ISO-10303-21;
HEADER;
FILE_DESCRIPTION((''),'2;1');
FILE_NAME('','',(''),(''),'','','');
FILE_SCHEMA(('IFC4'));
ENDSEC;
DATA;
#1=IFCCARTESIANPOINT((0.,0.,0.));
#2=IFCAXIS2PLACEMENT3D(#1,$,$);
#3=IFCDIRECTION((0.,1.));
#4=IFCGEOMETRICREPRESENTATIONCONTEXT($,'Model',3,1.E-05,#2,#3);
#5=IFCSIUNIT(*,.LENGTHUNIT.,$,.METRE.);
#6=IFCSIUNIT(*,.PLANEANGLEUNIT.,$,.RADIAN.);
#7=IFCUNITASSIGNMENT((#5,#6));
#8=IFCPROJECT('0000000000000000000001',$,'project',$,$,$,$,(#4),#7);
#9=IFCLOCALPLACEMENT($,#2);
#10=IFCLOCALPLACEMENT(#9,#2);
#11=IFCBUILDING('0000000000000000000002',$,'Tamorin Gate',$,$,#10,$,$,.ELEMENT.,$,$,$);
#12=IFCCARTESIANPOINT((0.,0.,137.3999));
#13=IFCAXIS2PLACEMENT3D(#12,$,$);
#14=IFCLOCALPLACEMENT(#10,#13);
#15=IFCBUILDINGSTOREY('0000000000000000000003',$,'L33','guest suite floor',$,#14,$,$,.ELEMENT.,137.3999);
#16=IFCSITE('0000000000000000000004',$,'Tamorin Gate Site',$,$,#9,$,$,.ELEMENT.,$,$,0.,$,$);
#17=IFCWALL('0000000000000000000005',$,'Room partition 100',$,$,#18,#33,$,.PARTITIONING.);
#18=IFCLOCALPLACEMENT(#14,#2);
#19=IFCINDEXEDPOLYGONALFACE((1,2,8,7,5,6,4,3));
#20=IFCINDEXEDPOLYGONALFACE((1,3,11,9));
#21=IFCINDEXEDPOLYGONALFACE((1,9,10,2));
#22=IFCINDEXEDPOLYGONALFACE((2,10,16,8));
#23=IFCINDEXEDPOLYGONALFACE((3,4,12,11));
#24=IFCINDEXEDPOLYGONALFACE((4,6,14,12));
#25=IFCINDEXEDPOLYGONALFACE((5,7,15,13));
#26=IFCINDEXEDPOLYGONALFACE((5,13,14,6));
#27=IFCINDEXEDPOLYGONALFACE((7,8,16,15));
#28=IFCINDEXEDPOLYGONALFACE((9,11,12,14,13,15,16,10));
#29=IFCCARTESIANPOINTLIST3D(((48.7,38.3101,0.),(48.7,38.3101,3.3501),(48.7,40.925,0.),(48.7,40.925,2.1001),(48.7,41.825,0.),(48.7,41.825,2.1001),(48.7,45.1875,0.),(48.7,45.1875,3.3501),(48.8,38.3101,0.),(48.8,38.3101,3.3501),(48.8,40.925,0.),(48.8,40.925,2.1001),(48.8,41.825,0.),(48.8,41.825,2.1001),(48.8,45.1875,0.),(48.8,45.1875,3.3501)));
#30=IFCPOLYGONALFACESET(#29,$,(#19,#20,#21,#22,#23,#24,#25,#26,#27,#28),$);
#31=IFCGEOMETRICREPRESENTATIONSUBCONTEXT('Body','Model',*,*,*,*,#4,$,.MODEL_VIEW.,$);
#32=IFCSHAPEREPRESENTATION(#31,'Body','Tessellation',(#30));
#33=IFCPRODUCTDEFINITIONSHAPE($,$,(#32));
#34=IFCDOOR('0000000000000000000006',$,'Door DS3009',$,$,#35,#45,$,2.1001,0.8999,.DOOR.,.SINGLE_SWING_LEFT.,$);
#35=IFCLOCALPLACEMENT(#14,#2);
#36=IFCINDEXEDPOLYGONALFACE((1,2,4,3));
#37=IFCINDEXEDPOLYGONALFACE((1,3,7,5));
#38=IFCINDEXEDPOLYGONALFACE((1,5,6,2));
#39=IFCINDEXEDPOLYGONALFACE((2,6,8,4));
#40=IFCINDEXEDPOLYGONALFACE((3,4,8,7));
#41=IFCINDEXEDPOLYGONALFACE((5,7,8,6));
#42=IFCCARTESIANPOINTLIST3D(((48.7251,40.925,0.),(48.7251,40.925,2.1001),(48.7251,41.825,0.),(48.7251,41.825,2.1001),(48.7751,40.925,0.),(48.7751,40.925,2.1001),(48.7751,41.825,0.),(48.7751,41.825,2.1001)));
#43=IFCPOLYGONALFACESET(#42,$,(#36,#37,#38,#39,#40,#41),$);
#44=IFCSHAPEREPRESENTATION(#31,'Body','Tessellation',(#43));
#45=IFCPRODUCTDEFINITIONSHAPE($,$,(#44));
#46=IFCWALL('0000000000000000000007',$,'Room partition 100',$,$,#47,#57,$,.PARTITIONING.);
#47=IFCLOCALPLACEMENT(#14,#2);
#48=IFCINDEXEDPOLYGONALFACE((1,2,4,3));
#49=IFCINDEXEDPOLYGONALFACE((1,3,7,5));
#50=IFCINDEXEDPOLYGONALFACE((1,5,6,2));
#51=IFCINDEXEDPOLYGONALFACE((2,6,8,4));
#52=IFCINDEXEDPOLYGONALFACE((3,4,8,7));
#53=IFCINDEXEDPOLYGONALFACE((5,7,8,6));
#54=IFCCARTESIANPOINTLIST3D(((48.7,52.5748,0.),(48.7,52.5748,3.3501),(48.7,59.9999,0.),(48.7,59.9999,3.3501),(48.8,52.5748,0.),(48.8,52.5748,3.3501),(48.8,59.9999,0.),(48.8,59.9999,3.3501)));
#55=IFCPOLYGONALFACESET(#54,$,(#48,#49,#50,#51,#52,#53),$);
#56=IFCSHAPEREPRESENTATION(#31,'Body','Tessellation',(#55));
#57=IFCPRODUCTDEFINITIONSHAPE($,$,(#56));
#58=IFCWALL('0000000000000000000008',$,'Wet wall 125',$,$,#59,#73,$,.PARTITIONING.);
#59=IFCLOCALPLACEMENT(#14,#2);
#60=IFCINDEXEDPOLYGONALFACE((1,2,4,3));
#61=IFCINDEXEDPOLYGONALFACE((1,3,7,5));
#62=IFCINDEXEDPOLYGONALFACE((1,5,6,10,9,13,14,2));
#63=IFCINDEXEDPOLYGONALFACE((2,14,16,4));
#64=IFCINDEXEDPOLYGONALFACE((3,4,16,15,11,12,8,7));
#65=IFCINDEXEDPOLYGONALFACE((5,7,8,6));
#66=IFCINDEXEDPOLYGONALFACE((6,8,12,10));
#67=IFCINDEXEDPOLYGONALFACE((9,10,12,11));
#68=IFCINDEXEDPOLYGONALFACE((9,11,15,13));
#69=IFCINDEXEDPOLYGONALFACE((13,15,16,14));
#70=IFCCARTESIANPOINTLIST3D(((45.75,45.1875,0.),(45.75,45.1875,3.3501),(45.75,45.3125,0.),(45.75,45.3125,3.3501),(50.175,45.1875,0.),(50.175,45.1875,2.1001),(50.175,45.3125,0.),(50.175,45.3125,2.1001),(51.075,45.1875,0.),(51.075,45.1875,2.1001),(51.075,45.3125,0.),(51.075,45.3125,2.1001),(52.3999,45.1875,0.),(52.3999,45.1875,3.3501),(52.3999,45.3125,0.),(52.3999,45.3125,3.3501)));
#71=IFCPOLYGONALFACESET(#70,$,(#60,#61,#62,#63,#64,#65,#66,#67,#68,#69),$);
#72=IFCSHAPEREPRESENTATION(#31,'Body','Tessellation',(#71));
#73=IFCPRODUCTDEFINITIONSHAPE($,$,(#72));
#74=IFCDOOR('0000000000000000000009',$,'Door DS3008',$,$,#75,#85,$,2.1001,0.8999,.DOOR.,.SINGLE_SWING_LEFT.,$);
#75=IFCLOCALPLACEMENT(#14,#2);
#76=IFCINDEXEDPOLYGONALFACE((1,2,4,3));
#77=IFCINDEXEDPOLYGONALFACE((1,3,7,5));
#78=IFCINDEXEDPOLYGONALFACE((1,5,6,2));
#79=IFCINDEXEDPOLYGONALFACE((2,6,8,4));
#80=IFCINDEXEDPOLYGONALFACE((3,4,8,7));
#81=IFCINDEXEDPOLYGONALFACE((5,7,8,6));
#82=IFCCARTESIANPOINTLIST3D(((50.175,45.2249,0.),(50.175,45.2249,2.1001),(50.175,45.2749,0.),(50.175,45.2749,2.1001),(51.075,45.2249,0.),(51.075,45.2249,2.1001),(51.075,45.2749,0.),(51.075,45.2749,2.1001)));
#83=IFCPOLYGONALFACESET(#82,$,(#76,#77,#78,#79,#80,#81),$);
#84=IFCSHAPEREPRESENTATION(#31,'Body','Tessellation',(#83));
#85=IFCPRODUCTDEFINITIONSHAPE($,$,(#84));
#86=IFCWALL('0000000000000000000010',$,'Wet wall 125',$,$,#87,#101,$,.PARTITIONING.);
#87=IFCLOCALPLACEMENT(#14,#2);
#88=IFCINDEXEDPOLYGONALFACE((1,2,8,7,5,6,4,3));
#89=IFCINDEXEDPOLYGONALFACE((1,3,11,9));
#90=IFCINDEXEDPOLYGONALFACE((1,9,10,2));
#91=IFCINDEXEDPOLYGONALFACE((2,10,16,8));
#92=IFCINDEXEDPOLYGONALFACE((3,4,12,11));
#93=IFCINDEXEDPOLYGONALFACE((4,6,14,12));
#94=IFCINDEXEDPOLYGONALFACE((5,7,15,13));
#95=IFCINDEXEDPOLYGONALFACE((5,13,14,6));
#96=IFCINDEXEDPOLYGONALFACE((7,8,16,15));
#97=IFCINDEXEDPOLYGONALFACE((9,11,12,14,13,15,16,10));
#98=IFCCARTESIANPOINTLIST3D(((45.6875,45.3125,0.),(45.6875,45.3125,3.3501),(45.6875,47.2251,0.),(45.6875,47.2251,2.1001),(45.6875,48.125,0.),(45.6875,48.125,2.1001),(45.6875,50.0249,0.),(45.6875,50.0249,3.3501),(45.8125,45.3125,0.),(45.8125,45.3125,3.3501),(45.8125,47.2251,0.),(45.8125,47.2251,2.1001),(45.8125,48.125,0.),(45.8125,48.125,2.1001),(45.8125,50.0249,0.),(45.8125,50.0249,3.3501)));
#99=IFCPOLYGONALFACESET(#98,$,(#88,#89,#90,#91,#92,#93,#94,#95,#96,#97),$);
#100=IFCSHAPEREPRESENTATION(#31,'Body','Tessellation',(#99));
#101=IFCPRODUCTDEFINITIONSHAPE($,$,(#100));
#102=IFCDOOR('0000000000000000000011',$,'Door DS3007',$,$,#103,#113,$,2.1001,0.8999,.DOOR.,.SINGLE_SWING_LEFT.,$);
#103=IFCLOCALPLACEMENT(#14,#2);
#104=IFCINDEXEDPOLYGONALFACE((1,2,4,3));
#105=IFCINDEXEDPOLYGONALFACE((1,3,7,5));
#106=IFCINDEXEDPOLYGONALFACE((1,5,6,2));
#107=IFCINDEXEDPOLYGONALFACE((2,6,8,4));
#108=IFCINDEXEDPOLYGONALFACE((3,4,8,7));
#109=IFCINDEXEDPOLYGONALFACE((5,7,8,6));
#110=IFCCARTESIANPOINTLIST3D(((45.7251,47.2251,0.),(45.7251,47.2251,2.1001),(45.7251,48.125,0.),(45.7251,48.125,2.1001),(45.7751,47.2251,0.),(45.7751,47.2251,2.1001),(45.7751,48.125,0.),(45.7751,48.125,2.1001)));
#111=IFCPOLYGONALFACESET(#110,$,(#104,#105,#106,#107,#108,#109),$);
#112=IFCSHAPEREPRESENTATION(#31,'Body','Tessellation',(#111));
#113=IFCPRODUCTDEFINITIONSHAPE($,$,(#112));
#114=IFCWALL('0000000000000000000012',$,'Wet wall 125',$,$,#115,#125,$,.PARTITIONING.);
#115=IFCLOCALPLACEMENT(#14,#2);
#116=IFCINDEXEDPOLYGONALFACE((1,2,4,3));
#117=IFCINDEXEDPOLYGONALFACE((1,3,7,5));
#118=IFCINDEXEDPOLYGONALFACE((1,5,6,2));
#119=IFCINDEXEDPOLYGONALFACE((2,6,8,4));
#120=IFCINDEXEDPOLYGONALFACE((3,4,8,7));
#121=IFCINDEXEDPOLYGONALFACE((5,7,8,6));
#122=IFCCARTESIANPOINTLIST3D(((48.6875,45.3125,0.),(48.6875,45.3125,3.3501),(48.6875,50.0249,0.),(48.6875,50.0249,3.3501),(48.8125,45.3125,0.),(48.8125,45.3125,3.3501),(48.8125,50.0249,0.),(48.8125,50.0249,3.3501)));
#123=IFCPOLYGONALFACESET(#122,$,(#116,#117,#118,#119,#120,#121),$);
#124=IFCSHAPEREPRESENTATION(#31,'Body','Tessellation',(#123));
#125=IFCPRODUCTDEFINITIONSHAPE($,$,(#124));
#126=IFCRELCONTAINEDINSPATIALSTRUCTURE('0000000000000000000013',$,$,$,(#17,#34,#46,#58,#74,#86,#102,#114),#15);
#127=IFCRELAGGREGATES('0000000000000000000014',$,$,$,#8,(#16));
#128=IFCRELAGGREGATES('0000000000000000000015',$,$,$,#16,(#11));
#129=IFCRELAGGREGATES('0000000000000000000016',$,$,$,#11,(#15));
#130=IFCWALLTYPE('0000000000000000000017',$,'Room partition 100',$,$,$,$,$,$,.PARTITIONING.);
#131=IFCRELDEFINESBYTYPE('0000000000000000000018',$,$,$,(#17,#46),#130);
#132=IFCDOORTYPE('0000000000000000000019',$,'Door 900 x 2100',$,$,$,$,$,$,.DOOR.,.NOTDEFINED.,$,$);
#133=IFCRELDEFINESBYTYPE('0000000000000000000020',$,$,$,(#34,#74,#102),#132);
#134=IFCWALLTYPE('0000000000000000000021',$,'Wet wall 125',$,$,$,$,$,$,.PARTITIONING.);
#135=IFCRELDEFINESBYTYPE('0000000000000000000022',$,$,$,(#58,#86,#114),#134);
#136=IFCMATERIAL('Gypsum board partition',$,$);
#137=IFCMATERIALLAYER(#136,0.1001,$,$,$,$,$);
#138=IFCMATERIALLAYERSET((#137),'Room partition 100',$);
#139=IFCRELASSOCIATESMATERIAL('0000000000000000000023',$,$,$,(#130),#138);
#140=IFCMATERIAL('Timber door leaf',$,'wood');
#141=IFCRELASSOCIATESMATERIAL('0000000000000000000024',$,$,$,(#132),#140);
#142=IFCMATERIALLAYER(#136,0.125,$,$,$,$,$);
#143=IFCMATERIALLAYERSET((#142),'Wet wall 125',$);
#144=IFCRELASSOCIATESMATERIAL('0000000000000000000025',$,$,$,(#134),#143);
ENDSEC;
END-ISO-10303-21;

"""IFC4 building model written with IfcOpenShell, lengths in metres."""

from ifc_helpers import new_model, si_unit, direction, frame, frame_2d, origin, place, context, subcontext, project, spatial, rectangle, extrude, material, layer, layer_set, type_object, element, fill, save


model = new_model("IFC4")

# Units and contexts
model_context = context("Model", 3, precision=1e-05, world=origin(), true_north=direction((0.0, 1.0)))
body_context = subcontext(model_context, "Body", "Model", "MODEL_VIEW")
ifc_project = project(units=[si_unit("LENGTHUNIT", "METRE"), si_unit("PLANEANGLEUNIT", "RADIAN")], contexts=[model_context])

# Site, building, storey
site_placement = place(None, origin())
site = spatial("IfcSite", under=ifc_project, at=site_placement, Name="Tamorin Gate Site", CompositionType="ELEMENT", RefElevation=0.0)
building_placement = place(site_placement, origin())
building = spatial("IfcBuilding", under=site, at=building_placement, Name="Tamorin Gate", CompositionType="ELEMENT")
storey_placement = place(building_placement, frame((0.0, 0.0, 137.3999)))
storey = spatial("IfcBuildingStorey", under=building, at=storey_placement, Name="L33", Description="guest suite floor", CompositionType="ELEMENT", Elevation=137.3999)

# Shared definitions
ifc_material_1 = material(Name="Gypsum board partition")

# Shared definitions
ifc_layer_1 = layer(ifc_material_1, 0.1001)
ifc_layer_set_1 = layer_set([ifc_layer_1], Name="Room partition 100")
wall_type_1 = type_object("IfcWallType", Name="Room partition 100", PredefinedType="PARTITIONING", material=ifc_layer_set_1)
ifc_material_2 = material(Name="Timber door leaf", Category="wood")
door_type = type_object("IfcDoorType", Name="Door 900 x 2100", OperationType="NOTDEFINED", PredefinedType="DOOR", material=ifc_material_2)

# Wall, opening, door
wall_1_placement = place(storey_placement, frame((48.75, 38.3101, 0.0), z_axis=(0.0, 0.0, 1.0), x_axis=(0.0, 1.0, 0.0)))
wall_1 = element("IfcWall", 1, at=wall_1_placement, inside=storey, type_object=wall_type_1, Name="Room partition 100", PredefinedType="PARTITIONING", context=body_context, shape_type="SweptSolid", body=[
    extrude(rectangle(XDim=6.8774, YDim=0.1001, at=frame_2d((3.4387, 0.0))), origin(), (0.0, 0.0, 1.0), 3.3501),
])
opening_1_placement = place(wall_1_placement, frame((2.615, 0.0, 0.0)))
opening_1 = element("IfcOpeningElement", 2, at=opening_1_placement, cuts=wall_1, PredefinedType="OPENING", context=body_context, shape_type="SweptSolid", body=[
    extrude(rectangle(XDim=0.8999, YDim=2.1001, at=frame_2d((0.45, 1.05))), frame((0.0, 0.0601, 0.0), z_axis=(0.0, -1.0, 0.0), x_axis=(1.0, 0.0, 0.0)), (0.0, 0.0, 1.0), 0.1201),
])
door_1_placement = place(opening_1_placement, origin())
door_1 = element("IfcDoor", 3, at=door_1_placement, inside=storey, type_object=door_type, Name="Door DS3009", OperationType="SINGLE_SWING_LEFT", OverallHeight=2.1001, OverallWidth=0.8999, PredefinedType="DOOR", context=body_context, shape_type="SweptSolid", body=[
    extrude(rectangle(XDim=0.8999, YDim=2.1001, at=frame_2d((0.45, 1.05))), frame((0.0, 0.0249, 0.0), z_axis=(0.0, -1.0, 0.0), x_axis=(1.0, 0.0, 0.0)), (0.0, 0.0, 1.0), 0.05),
])
fill(opening_1, door_1)

# Wall
wall_2_placement = place(storey_placement, frame((48.75, 52.575, 0.0), z_axis=(0.0, 0.0, 1.0), x_axis=(0.0, 1.0, 0.0)))
element("IfcWall", 4, at=wall_2_placement, inside=storey, type_object=wall_type_1, Name="Room partition 100", PredefinedType="PARTITIONING", context=body_context, shape_type="SweptSolid", body=[
    extrude(rectangle(XDim=7.425, YDim=0.1001, at=frame_2d((3.7124, 0.0))), origin(), (0.0, 0.0, 1.0), 3.3501),
])

# Walls, openings, doors
ifc_layer_2 = layer(ifc_material_1, 0.125)
ifc_layer_set_2 = layer_set([ifc_layer_2], Name="Wet wall 125")
wall_type_2 = type_object("IfcWallType", Name="Wet wall 125", PredefinedType="PARTITIONING", material=ifc_layer_set_2)
wall_3_placement = place(storey_placement, frame((45.75, 45.25, 0.0), z_axis=(0.0, 0.0, 1.0), x_axis=(1.0, 0.0, 0.0)))
wall_3 = element("IfcWall", 5, at=wall_3_placement, inside=storey, type_object=wall_type_2, Name="Wet wall 125", PredefinedType="PARTITIONING", context=body_context, shape_type="SweptSolid", body=[
    extrude(rectangle(XDim=6.6499, YDim=0.125, at=frame_2d((3.325, 0.0))), origin(), (0.0, 0.0, 1.0), 3.3501),
])
opening_2_placement = place(wall_3_placement, frame((4.425, 0.0, 0.0)))
opening_2 = element("IfcOpeningElement", 6, at=opening_2_placement, cuts=wall_3, PredefinedType="OPENING", context=body_context, shape_type="SweptSolid", body=[
    extrude(rectangle(XDim=0.8999, YDim=2.1001, at=frame_2d((0.45, 1.05))), frame((0.0, 0.0725, 0.0), z_axis=(0.0, -1.0, 0.0), x_axis=(1.0, 0.0, 0.0)), (0.0, 0.0, 1.0), 0.145),
])
door_2_placement = place(opening_2_placement, origin())
door_2 = element("IfcDoor", 7, at=door_2_placement, inside=storey, type_object=door_type, Name="Door DS3008", OperationType="SINGLE_SWING_LEFT", OverallHeight=2.1001, OverallWidth=0.8999, PredefinedType="DOOR", context=body_context, shape_type="SweptSolid", body=[
    extrude(rectangle(XDim=0.8999, YDim=2.1001, at=frame_2d((0.45, 1.05))), frame((0.0, 0.0249, 0.0), z_axis=(0.0, -1.0, 0.0), x_axis=(1.0, 0.0, 0.0)), (0.0, 0.0, 1.0), 0.05),
])
fill(opening_2, door_2)
wall_4_placement = place(storey_placement, frame((45.75, 45.3125, 0.0), z_axis=(0.0, 0.0, 1.0), x_axis=(0.0, 1.0, 0.0)))
wall_4 = element("IfcWall", 8, at=wall_4_placement, inside=storey, type_object=wall_type_2, Name="Wet wall 125", PredefinedType="PARTITIONING", context=body_context, shape_type="SweptSolid", body=[
    extrude(rectangle(XDim=4.7124, YDim=0.125, at=frame_2d((2.3562, 0.0))), origin(), (0.0, 0.0, 1.0), 3.3501),
])
opening_3_placement = place(wall_4_placement, frame((1.9126, 0.0, 0.0)))
opening_3 = element("IfcOpeningElement", 9, at=opening_3_placement, cuts=wall_4, PredefinedType="OPENING", context=body_context, shape_type="SweptSolid", body=[
    extrude(rectangle(XDim=0.8999, YDim=2.1001, at=frame_2d((0.45, 1.05))), frame((0.0, 0.0725, 0.0), z_axis=(0.0, -1.0, 0.0), x_axis=(1.0, 0.0, 0.0)), (0.0, 0.0, 1.0), 0.145),
])
door_3_placement = place(opening_3_placement, origin())
door_3 = element("IfcDoor", 10, at=door_3_placement, inside=storey, type_object=door_type, Name="Door DS3007", OperationType="SINGLE_SWING_LEFT", OverallHeight=2.1001, OverallWidth=0.8999, PredefinedType="DOOR", context=body_context, shape_type="SweptSolid", body=[
    extrude(rectangle(XDim=0.8999, YDim=2.1001, at=frame_2d((0.45, 1.05))), frame((0.0, 0.0249, 0.0), z_axis=(0.0, -1.0, 0.0), x_axis=(1.0, 0.0, 0.0)), (0.0, 0.0, 1.0), 0.05),
])
fill(opening_3, door_3)

# Wall
wall_5_placement = place(storey_placement, frame((48.75, 45.3125, 0.0), z_axis=(0.0, 0.0, 1.0), x_axis=(0.0, 1.0, 0.0)))
element("IfcWall", 11, at=wall_5_placement, inside=storey, type_object=wall_type_2, Name="Wet wall 125", PredefinedType="PARTITIONING", context=body_context, shape_type="SweptSolid", body=[
    extrude(rectangle(XDim=4.7124, YDim=0.125, at=frame_2d((2.3562, 0.0))), origin(), (0.0, 0.0, 1.0), 3.3501),
])

save(model, "model.ifc")
